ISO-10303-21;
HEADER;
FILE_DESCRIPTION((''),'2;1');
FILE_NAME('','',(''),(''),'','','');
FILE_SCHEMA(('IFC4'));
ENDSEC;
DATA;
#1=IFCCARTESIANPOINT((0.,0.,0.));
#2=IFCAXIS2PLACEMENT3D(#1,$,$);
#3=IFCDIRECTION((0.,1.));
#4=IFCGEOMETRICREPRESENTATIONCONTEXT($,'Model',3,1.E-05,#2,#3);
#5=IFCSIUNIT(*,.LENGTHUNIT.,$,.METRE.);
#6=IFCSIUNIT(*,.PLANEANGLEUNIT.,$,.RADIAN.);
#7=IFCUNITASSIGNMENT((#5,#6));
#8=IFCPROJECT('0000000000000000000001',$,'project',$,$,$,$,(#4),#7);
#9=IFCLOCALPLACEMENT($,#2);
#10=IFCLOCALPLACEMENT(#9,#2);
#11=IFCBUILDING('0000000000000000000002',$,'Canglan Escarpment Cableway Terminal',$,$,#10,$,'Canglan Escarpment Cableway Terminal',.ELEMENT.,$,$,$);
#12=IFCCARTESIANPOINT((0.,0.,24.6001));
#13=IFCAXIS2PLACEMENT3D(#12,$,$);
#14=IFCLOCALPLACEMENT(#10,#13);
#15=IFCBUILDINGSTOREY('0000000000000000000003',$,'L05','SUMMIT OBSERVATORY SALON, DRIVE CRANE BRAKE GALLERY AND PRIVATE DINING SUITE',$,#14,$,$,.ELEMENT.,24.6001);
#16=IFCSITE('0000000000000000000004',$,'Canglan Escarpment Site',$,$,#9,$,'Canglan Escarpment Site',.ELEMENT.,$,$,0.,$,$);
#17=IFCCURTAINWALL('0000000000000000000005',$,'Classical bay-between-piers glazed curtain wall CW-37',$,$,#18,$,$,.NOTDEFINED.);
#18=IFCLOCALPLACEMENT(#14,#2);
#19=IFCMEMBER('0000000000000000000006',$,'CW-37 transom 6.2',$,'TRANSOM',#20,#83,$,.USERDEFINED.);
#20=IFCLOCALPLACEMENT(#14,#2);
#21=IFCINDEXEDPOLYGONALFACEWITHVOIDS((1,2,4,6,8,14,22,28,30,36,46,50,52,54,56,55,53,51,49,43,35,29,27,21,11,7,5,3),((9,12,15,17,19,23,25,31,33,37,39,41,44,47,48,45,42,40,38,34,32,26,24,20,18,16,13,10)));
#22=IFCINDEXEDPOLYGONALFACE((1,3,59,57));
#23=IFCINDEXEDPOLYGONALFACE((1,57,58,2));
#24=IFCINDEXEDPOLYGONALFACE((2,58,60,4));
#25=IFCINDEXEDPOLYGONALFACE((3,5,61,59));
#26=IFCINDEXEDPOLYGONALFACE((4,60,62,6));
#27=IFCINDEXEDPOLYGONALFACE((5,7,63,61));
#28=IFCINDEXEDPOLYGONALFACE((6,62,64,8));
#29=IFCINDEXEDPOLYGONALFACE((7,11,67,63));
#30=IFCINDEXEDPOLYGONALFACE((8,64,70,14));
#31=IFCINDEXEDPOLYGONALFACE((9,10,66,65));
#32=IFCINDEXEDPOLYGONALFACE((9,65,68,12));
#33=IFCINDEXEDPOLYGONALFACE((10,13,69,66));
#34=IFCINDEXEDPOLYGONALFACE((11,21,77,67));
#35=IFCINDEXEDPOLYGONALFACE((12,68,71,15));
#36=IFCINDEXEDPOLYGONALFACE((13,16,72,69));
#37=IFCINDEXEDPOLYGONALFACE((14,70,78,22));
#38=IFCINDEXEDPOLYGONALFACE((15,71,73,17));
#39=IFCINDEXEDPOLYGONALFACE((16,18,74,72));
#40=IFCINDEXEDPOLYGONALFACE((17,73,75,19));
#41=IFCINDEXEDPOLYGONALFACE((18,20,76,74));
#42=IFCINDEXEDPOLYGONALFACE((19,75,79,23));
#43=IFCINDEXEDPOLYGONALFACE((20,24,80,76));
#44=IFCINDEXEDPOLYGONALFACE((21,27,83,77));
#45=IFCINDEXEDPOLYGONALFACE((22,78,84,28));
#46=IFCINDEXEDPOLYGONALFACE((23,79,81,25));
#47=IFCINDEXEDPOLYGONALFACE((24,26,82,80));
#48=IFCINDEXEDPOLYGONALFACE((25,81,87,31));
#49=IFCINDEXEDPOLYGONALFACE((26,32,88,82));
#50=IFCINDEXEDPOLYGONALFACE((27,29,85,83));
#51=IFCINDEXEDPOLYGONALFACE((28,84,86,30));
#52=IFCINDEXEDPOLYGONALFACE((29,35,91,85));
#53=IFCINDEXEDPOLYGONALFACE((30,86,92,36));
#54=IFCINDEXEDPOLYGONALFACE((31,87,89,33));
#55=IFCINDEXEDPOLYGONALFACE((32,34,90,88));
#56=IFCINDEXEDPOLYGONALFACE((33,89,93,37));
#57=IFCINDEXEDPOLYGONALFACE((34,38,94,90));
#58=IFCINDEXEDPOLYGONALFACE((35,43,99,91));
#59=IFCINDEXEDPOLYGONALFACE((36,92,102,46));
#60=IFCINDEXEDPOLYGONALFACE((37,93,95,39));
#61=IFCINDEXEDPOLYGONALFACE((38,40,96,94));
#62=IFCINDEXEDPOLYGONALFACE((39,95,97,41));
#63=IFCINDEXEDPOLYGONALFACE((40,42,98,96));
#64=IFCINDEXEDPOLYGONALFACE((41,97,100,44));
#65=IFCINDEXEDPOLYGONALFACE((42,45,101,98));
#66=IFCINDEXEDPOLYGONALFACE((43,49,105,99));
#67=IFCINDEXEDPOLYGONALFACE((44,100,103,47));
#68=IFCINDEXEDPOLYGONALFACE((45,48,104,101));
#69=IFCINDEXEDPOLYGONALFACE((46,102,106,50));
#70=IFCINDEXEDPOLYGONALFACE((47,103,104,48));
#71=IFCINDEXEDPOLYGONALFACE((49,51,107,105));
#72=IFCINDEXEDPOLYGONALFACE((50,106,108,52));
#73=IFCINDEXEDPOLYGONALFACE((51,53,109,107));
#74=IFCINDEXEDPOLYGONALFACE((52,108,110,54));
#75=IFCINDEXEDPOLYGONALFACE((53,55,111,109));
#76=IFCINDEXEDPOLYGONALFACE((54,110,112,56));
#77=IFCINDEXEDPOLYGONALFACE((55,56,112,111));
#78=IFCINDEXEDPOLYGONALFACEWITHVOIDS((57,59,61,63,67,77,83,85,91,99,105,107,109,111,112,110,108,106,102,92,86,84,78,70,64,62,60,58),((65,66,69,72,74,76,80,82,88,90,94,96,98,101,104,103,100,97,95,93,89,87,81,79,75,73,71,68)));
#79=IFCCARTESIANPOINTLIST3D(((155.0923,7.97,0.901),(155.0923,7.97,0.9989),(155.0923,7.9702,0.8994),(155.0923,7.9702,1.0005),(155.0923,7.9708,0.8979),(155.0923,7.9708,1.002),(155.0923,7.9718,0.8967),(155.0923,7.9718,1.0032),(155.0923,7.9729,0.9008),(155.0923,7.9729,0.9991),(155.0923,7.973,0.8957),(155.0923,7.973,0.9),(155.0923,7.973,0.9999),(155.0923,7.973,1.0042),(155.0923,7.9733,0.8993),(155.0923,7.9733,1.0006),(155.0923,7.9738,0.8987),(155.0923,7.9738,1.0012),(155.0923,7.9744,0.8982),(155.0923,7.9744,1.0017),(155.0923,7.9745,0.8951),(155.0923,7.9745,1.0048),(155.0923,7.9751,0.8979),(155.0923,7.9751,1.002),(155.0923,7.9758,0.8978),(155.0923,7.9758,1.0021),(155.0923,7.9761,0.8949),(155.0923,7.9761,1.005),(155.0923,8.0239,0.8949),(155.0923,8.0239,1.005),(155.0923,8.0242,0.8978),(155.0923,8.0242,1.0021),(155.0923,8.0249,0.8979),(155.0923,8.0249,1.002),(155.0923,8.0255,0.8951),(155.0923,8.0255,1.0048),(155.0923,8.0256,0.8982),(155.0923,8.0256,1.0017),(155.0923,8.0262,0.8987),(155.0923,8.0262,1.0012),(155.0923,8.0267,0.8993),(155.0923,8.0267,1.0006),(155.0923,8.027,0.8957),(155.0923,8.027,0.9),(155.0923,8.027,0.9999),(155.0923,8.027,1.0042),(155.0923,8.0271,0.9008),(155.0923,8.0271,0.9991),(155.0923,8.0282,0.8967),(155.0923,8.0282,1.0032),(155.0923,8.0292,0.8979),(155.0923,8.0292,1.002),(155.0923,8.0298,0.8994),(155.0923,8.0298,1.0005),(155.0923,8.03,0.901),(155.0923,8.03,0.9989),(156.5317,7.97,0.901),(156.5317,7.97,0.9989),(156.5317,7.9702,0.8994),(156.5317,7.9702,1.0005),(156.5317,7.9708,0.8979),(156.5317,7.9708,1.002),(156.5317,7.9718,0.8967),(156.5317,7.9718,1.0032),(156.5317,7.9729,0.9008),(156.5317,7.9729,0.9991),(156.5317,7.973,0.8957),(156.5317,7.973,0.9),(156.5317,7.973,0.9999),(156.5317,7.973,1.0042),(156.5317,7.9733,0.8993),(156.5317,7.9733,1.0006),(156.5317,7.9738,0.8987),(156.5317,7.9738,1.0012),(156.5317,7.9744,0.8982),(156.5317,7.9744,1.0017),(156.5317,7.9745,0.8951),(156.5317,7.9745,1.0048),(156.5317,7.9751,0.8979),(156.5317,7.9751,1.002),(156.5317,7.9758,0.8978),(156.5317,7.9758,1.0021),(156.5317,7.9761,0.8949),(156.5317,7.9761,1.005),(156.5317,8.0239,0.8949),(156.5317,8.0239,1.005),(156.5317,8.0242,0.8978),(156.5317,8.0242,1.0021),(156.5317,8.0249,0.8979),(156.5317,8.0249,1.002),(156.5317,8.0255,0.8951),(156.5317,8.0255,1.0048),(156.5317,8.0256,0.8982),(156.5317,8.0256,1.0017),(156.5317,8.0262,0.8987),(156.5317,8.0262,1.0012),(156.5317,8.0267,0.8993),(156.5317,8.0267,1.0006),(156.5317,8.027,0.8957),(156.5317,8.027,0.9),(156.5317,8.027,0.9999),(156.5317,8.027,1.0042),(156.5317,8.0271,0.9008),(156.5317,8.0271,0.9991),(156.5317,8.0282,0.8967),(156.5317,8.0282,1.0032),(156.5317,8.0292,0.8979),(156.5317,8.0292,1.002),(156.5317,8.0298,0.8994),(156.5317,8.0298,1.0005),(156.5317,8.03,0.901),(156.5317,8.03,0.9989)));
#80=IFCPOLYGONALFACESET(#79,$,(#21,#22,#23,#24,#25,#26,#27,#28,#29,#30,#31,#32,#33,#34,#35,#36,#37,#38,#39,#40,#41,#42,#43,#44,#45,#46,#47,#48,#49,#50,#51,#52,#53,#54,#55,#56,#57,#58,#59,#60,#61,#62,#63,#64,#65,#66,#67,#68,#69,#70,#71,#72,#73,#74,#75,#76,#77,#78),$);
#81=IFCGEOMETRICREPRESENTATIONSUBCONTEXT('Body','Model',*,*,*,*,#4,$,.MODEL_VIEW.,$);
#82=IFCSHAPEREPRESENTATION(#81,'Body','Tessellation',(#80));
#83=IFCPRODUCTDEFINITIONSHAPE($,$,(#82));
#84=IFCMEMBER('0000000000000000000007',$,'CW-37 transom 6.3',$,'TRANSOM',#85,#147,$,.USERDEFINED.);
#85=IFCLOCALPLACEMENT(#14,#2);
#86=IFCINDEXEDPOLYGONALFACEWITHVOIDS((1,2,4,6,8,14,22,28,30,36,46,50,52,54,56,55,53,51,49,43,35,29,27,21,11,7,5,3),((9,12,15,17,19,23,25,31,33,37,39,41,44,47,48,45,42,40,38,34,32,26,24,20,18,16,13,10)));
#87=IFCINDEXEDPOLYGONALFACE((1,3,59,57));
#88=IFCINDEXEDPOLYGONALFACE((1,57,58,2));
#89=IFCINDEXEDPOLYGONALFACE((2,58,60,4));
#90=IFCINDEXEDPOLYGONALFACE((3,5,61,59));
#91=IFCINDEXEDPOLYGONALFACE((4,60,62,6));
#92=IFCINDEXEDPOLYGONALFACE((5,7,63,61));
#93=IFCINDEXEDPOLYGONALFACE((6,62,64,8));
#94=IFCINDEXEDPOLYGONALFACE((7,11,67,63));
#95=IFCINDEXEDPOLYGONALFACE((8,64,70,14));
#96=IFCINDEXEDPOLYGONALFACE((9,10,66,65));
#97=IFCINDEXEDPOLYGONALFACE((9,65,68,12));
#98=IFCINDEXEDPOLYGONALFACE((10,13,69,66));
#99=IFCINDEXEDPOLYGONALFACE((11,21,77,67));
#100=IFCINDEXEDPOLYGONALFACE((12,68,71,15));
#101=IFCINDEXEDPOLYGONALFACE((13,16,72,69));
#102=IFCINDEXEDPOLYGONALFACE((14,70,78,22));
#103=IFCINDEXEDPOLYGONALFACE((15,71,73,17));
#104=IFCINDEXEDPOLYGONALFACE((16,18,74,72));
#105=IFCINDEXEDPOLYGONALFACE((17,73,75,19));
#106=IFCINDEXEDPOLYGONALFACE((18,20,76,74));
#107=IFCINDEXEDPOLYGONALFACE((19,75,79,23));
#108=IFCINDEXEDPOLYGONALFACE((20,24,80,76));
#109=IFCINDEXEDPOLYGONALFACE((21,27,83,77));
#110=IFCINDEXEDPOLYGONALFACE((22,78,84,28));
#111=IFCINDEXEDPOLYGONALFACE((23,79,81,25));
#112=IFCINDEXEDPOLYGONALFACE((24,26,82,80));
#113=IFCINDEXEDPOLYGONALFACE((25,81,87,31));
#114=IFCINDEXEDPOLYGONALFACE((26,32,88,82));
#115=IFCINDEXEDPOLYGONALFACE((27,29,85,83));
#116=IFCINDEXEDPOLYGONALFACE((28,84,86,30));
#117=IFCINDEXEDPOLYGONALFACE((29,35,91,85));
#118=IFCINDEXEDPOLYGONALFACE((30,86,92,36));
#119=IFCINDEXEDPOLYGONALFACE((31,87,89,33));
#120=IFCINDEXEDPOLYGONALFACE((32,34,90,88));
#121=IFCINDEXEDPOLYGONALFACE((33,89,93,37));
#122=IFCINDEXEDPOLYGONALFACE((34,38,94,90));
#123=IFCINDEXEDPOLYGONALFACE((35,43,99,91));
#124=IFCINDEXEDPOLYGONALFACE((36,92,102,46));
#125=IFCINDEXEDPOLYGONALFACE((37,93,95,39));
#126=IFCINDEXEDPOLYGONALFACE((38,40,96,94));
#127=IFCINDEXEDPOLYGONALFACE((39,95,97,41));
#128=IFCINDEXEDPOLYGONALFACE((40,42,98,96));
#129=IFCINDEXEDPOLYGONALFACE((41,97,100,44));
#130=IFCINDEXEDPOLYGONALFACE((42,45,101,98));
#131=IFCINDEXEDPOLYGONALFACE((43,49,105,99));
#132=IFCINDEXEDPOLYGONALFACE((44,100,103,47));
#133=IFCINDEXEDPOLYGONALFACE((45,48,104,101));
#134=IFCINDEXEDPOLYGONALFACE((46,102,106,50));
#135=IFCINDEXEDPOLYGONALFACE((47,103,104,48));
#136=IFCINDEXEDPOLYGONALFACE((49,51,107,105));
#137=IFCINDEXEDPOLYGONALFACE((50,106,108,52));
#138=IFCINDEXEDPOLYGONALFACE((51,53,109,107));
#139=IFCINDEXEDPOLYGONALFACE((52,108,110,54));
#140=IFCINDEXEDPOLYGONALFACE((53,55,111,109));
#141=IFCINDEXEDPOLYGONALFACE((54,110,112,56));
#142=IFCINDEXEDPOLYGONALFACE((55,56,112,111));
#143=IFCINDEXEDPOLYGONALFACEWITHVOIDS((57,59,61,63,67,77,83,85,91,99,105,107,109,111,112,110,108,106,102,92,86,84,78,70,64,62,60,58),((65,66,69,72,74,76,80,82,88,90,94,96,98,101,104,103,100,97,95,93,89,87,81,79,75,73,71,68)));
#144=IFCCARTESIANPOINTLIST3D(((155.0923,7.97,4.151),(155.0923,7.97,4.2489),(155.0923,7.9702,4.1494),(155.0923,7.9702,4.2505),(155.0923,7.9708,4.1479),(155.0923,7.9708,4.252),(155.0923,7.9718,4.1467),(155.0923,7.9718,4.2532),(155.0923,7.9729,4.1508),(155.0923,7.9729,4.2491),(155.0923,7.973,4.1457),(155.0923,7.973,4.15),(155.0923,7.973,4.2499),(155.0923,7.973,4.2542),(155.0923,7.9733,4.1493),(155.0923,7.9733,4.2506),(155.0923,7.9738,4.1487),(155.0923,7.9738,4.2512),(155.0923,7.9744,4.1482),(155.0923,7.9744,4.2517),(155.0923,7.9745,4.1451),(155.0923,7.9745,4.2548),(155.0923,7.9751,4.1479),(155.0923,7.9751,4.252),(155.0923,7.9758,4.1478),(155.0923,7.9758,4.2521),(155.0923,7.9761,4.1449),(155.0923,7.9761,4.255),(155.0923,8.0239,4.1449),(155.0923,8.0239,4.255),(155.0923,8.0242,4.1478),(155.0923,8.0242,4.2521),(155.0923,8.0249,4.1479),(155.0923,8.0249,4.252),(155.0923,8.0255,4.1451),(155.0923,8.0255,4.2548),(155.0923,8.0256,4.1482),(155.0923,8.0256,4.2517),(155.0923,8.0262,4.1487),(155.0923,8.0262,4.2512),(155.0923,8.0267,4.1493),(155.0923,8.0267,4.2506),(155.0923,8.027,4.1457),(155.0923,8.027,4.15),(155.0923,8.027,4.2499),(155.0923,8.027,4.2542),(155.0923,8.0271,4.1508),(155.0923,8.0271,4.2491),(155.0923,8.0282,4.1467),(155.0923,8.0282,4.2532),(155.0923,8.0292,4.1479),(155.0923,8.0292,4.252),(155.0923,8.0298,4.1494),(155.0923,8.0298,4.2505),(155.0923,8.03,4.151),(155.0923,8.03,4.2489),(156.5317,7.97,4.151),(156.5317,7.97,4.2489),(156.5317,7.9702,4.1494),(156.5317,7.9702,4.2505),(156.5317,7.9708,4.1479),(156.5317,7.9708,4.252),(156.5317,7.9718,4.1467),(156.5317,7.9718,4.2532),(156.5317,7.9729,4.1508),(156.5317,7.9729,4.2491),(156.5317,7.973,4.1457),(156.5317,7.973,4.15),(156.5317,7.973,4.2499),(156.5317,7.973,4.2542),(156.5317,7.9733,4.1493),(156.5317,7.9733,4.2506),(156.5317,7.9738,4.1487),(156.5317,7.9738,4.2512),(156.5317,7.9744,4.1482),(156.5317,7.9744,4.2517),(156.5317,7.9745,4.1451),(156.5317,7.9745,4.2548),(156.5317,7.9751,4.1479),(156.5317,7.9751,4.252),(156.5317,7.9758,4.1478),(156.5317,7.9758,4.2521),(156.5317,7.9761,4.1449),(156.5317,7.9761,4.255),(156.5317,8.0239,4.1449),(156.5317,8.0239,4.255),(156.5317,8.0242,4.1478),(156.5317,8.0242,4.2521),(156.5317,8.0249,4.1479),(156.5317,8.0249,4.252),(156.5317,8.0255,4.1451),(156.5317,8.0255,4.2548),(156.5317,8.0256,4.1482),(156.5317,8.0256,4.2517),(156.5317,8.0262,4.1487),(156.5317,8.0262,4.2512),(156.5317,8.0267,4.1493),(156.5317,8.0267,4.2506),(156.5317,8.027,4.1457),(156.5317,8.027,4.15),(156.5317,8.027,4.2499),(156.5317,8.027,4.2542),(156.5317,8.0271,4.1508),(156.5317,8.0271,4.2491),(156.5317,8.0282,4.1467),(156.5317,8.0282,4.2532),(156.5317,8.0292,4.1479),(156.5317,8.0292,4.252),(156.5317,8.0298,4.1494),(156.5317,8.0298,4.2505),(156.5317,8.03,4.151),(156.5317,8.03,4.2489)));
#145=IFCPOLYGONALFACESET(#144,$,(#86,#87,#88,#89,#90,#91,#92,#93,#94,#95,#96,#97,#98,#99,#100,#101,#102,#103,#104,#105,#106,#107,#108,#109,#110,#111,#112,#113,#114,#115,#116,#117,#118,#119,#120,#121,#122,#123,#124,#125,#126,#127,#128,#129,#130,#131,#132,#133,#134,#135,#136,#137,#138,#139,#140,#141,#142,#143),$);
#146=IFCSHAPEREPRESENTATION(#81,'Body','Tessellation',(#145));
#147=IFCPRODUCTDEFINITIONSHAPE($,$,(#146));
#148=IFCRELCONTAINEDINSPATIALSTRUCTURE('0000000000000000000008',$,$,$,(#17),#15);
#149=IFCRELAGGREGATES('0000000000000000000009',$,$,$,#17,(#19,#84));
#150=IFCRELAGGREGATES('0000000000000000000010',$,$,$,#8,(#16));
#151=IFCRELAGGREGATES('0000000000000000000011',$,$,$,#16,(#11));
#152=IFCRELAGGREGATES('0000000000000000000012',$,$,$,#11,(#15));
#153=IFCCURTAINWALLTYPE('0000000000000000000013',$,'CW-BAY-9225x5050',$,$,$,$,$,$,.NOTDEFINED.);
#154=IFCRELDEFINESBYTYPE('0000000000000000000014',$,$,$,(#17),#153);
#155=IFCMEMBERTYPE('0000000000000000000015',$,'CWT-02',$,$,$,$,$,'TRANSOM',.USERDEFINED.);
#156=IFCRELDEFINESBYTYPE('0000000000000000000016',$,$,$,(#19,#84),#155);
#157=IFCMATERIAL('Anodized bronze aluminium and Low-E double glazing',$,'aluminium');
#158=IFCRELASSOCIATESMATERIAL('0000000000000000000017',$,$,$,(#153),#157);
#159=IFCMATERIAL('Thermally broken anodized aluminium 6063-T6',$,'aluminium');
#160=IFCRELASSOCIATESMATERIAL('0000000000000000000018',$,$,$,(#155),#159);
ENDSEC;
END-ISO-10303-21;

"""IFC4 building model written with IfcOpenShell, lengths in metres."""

from ifc_helpers import new_model, si_unit, direction, frame, origin, origin_2d, place, context, subcontext, project, spatial, hollow_rectangle, extrude, material, material_profile, profile_set, type_object, element, aggregate, save


model = new_model("IFC4")

# Units and contexts
model_context = context("Model", 3, precision=1e-05, world=origin(), true_north=direction((0.0, 1.0)))
body_context = subcontext(model_context, "Body", "Model", "MODEL_VIEW")
ifc_project = project(units=[si_unit("LENGTHUNIT", "METRE"), si_unit("PLANEANGLEUNIT", "RADIAN")], contexts=[model_context])

# Site, building, storey
site_placement = place(None, origin())
site = spatial("IfcSite", under=ifc_project, at=site_placement, Name="Canglan Escarpment Site", LongName="Canglan Escarpment Site", CompositionType="ELEMENT", RefElevation=0.0)
building_placement = place(site_placement, origin())
building = spatial("IfcBuilding", under=site, at=building_placement, Name="Canglan Escarpment Cableway Terminal", LongName="Canglan Escarpment Cableway Terminal", CompositionType="ELEMENT")
storey_placement = place(building_placement, frame((0.0, 0.0, 24.6001)))
storey = spatial("IfcBuildingStorey", under=building, at=storey_placement, Name="L05", Description="SUMMIT OBSERVATORY SALON, DRIVE CRANE BRAKE GALLERY AND PRIVATE DINING SUITE", CompositionType="ELEMENT", Elevation=24.6001)

# Curtain wall
ifc_material_1 = material(Name="Anodized bronze aluminium and Low-E double glazing", Category="aluminium")
curtain_wall_type = type_object("IfcCurtainWallType", Name="CW-BAY-9225x5050", PredefinedType="NOTDEFINED", material=ifc_material_1)
curtain_wall_1_placement = place(storey_placement, origin())
curtain_wall_1 = element("IfcCurtainWall", 1, at=curtain_wall_1_placement, inside=storey, type_object=curtain_wall_type, Name="Classical bay-between-piers glazed curtain wall CW-37", PredefinedType="NOTDEFINED")
ifc_material_2 = material(Name="Thermally broken anodized aluminium 6063-T6", Category="aluminium")

# Members
ifc_material_profile_1 = material_profile(ifc_material_2, hollow_rectangle(XDim=0.0601, YDim=0.1101, WallThickness=0.0029, InnerFilletRadius=0.0029, OuterFilletRadius=0.0061, at=origin_2d()), Name="ALU-TRAN 60x110x3")
ifc_profile_set_1 = profile_set([ifc_material_profile_1], Name="Thermally broken anodized aluminium 6063-T6")
member_type_1 = type_object("IfcMemberType", Name="CWT-02", ElementType="TRANSOM", PredefinedType="USERDEFINED", material=ifc_profile_set_1)
member_1_placement = place(storey_placement, frame((155.0923, 8.0, 0.95), z_axis=(1.0, 0.0, 0.0), x_axis=(0.0, 1.0, 0.0)))
member_1 = element("IfcMember", 2, at=member_1_placement, type_object=member_type_1, Name="CW-37 transom 6.2", ObjectType="TRANSOM", PredefinedType="USERDEFINED", context=body_context, shape_type="SweptSolid", body=[
    extrude(hollow_rectangle(XDim=0.0601, YDim=0.1101, WallThickness=0.0029, InnerFilletRadius=0.0029, OuterFilletRadius=0.0061, at=origin_2d()), origin(), (0.0, 0.0, 1.0), 1.4395),
])
member_2_placement = place(storey_placement, frame((155.0923, 8.0, 4.2), z_axis=(1.0, 0.0, 0.0), x_axis=(0.0, 1.0, 0.0)))
member_2 = element("IfcMember", 3, at=member_2_placement, type_object=member_type_1, Name="CW-37 transom 6.3", ObjectType="TRANSOM", PredefinedType="USERDEFINED", context=body_context, shape_type="SweptSolid", body=[
    extrude(hollow_rectangle(XDim=0.0601, YDim=0.1101, WallThickness=0.0029, InnerFilletRadius=0.0029, OuterFilletRadius=0.0061, at=origin_2d()), origin(), (0.0, 0.0, 1.0), 1.4395),
])

aggregate(curtain_wall_1, [member_1, member_2])

save(model, "model.ifc")
